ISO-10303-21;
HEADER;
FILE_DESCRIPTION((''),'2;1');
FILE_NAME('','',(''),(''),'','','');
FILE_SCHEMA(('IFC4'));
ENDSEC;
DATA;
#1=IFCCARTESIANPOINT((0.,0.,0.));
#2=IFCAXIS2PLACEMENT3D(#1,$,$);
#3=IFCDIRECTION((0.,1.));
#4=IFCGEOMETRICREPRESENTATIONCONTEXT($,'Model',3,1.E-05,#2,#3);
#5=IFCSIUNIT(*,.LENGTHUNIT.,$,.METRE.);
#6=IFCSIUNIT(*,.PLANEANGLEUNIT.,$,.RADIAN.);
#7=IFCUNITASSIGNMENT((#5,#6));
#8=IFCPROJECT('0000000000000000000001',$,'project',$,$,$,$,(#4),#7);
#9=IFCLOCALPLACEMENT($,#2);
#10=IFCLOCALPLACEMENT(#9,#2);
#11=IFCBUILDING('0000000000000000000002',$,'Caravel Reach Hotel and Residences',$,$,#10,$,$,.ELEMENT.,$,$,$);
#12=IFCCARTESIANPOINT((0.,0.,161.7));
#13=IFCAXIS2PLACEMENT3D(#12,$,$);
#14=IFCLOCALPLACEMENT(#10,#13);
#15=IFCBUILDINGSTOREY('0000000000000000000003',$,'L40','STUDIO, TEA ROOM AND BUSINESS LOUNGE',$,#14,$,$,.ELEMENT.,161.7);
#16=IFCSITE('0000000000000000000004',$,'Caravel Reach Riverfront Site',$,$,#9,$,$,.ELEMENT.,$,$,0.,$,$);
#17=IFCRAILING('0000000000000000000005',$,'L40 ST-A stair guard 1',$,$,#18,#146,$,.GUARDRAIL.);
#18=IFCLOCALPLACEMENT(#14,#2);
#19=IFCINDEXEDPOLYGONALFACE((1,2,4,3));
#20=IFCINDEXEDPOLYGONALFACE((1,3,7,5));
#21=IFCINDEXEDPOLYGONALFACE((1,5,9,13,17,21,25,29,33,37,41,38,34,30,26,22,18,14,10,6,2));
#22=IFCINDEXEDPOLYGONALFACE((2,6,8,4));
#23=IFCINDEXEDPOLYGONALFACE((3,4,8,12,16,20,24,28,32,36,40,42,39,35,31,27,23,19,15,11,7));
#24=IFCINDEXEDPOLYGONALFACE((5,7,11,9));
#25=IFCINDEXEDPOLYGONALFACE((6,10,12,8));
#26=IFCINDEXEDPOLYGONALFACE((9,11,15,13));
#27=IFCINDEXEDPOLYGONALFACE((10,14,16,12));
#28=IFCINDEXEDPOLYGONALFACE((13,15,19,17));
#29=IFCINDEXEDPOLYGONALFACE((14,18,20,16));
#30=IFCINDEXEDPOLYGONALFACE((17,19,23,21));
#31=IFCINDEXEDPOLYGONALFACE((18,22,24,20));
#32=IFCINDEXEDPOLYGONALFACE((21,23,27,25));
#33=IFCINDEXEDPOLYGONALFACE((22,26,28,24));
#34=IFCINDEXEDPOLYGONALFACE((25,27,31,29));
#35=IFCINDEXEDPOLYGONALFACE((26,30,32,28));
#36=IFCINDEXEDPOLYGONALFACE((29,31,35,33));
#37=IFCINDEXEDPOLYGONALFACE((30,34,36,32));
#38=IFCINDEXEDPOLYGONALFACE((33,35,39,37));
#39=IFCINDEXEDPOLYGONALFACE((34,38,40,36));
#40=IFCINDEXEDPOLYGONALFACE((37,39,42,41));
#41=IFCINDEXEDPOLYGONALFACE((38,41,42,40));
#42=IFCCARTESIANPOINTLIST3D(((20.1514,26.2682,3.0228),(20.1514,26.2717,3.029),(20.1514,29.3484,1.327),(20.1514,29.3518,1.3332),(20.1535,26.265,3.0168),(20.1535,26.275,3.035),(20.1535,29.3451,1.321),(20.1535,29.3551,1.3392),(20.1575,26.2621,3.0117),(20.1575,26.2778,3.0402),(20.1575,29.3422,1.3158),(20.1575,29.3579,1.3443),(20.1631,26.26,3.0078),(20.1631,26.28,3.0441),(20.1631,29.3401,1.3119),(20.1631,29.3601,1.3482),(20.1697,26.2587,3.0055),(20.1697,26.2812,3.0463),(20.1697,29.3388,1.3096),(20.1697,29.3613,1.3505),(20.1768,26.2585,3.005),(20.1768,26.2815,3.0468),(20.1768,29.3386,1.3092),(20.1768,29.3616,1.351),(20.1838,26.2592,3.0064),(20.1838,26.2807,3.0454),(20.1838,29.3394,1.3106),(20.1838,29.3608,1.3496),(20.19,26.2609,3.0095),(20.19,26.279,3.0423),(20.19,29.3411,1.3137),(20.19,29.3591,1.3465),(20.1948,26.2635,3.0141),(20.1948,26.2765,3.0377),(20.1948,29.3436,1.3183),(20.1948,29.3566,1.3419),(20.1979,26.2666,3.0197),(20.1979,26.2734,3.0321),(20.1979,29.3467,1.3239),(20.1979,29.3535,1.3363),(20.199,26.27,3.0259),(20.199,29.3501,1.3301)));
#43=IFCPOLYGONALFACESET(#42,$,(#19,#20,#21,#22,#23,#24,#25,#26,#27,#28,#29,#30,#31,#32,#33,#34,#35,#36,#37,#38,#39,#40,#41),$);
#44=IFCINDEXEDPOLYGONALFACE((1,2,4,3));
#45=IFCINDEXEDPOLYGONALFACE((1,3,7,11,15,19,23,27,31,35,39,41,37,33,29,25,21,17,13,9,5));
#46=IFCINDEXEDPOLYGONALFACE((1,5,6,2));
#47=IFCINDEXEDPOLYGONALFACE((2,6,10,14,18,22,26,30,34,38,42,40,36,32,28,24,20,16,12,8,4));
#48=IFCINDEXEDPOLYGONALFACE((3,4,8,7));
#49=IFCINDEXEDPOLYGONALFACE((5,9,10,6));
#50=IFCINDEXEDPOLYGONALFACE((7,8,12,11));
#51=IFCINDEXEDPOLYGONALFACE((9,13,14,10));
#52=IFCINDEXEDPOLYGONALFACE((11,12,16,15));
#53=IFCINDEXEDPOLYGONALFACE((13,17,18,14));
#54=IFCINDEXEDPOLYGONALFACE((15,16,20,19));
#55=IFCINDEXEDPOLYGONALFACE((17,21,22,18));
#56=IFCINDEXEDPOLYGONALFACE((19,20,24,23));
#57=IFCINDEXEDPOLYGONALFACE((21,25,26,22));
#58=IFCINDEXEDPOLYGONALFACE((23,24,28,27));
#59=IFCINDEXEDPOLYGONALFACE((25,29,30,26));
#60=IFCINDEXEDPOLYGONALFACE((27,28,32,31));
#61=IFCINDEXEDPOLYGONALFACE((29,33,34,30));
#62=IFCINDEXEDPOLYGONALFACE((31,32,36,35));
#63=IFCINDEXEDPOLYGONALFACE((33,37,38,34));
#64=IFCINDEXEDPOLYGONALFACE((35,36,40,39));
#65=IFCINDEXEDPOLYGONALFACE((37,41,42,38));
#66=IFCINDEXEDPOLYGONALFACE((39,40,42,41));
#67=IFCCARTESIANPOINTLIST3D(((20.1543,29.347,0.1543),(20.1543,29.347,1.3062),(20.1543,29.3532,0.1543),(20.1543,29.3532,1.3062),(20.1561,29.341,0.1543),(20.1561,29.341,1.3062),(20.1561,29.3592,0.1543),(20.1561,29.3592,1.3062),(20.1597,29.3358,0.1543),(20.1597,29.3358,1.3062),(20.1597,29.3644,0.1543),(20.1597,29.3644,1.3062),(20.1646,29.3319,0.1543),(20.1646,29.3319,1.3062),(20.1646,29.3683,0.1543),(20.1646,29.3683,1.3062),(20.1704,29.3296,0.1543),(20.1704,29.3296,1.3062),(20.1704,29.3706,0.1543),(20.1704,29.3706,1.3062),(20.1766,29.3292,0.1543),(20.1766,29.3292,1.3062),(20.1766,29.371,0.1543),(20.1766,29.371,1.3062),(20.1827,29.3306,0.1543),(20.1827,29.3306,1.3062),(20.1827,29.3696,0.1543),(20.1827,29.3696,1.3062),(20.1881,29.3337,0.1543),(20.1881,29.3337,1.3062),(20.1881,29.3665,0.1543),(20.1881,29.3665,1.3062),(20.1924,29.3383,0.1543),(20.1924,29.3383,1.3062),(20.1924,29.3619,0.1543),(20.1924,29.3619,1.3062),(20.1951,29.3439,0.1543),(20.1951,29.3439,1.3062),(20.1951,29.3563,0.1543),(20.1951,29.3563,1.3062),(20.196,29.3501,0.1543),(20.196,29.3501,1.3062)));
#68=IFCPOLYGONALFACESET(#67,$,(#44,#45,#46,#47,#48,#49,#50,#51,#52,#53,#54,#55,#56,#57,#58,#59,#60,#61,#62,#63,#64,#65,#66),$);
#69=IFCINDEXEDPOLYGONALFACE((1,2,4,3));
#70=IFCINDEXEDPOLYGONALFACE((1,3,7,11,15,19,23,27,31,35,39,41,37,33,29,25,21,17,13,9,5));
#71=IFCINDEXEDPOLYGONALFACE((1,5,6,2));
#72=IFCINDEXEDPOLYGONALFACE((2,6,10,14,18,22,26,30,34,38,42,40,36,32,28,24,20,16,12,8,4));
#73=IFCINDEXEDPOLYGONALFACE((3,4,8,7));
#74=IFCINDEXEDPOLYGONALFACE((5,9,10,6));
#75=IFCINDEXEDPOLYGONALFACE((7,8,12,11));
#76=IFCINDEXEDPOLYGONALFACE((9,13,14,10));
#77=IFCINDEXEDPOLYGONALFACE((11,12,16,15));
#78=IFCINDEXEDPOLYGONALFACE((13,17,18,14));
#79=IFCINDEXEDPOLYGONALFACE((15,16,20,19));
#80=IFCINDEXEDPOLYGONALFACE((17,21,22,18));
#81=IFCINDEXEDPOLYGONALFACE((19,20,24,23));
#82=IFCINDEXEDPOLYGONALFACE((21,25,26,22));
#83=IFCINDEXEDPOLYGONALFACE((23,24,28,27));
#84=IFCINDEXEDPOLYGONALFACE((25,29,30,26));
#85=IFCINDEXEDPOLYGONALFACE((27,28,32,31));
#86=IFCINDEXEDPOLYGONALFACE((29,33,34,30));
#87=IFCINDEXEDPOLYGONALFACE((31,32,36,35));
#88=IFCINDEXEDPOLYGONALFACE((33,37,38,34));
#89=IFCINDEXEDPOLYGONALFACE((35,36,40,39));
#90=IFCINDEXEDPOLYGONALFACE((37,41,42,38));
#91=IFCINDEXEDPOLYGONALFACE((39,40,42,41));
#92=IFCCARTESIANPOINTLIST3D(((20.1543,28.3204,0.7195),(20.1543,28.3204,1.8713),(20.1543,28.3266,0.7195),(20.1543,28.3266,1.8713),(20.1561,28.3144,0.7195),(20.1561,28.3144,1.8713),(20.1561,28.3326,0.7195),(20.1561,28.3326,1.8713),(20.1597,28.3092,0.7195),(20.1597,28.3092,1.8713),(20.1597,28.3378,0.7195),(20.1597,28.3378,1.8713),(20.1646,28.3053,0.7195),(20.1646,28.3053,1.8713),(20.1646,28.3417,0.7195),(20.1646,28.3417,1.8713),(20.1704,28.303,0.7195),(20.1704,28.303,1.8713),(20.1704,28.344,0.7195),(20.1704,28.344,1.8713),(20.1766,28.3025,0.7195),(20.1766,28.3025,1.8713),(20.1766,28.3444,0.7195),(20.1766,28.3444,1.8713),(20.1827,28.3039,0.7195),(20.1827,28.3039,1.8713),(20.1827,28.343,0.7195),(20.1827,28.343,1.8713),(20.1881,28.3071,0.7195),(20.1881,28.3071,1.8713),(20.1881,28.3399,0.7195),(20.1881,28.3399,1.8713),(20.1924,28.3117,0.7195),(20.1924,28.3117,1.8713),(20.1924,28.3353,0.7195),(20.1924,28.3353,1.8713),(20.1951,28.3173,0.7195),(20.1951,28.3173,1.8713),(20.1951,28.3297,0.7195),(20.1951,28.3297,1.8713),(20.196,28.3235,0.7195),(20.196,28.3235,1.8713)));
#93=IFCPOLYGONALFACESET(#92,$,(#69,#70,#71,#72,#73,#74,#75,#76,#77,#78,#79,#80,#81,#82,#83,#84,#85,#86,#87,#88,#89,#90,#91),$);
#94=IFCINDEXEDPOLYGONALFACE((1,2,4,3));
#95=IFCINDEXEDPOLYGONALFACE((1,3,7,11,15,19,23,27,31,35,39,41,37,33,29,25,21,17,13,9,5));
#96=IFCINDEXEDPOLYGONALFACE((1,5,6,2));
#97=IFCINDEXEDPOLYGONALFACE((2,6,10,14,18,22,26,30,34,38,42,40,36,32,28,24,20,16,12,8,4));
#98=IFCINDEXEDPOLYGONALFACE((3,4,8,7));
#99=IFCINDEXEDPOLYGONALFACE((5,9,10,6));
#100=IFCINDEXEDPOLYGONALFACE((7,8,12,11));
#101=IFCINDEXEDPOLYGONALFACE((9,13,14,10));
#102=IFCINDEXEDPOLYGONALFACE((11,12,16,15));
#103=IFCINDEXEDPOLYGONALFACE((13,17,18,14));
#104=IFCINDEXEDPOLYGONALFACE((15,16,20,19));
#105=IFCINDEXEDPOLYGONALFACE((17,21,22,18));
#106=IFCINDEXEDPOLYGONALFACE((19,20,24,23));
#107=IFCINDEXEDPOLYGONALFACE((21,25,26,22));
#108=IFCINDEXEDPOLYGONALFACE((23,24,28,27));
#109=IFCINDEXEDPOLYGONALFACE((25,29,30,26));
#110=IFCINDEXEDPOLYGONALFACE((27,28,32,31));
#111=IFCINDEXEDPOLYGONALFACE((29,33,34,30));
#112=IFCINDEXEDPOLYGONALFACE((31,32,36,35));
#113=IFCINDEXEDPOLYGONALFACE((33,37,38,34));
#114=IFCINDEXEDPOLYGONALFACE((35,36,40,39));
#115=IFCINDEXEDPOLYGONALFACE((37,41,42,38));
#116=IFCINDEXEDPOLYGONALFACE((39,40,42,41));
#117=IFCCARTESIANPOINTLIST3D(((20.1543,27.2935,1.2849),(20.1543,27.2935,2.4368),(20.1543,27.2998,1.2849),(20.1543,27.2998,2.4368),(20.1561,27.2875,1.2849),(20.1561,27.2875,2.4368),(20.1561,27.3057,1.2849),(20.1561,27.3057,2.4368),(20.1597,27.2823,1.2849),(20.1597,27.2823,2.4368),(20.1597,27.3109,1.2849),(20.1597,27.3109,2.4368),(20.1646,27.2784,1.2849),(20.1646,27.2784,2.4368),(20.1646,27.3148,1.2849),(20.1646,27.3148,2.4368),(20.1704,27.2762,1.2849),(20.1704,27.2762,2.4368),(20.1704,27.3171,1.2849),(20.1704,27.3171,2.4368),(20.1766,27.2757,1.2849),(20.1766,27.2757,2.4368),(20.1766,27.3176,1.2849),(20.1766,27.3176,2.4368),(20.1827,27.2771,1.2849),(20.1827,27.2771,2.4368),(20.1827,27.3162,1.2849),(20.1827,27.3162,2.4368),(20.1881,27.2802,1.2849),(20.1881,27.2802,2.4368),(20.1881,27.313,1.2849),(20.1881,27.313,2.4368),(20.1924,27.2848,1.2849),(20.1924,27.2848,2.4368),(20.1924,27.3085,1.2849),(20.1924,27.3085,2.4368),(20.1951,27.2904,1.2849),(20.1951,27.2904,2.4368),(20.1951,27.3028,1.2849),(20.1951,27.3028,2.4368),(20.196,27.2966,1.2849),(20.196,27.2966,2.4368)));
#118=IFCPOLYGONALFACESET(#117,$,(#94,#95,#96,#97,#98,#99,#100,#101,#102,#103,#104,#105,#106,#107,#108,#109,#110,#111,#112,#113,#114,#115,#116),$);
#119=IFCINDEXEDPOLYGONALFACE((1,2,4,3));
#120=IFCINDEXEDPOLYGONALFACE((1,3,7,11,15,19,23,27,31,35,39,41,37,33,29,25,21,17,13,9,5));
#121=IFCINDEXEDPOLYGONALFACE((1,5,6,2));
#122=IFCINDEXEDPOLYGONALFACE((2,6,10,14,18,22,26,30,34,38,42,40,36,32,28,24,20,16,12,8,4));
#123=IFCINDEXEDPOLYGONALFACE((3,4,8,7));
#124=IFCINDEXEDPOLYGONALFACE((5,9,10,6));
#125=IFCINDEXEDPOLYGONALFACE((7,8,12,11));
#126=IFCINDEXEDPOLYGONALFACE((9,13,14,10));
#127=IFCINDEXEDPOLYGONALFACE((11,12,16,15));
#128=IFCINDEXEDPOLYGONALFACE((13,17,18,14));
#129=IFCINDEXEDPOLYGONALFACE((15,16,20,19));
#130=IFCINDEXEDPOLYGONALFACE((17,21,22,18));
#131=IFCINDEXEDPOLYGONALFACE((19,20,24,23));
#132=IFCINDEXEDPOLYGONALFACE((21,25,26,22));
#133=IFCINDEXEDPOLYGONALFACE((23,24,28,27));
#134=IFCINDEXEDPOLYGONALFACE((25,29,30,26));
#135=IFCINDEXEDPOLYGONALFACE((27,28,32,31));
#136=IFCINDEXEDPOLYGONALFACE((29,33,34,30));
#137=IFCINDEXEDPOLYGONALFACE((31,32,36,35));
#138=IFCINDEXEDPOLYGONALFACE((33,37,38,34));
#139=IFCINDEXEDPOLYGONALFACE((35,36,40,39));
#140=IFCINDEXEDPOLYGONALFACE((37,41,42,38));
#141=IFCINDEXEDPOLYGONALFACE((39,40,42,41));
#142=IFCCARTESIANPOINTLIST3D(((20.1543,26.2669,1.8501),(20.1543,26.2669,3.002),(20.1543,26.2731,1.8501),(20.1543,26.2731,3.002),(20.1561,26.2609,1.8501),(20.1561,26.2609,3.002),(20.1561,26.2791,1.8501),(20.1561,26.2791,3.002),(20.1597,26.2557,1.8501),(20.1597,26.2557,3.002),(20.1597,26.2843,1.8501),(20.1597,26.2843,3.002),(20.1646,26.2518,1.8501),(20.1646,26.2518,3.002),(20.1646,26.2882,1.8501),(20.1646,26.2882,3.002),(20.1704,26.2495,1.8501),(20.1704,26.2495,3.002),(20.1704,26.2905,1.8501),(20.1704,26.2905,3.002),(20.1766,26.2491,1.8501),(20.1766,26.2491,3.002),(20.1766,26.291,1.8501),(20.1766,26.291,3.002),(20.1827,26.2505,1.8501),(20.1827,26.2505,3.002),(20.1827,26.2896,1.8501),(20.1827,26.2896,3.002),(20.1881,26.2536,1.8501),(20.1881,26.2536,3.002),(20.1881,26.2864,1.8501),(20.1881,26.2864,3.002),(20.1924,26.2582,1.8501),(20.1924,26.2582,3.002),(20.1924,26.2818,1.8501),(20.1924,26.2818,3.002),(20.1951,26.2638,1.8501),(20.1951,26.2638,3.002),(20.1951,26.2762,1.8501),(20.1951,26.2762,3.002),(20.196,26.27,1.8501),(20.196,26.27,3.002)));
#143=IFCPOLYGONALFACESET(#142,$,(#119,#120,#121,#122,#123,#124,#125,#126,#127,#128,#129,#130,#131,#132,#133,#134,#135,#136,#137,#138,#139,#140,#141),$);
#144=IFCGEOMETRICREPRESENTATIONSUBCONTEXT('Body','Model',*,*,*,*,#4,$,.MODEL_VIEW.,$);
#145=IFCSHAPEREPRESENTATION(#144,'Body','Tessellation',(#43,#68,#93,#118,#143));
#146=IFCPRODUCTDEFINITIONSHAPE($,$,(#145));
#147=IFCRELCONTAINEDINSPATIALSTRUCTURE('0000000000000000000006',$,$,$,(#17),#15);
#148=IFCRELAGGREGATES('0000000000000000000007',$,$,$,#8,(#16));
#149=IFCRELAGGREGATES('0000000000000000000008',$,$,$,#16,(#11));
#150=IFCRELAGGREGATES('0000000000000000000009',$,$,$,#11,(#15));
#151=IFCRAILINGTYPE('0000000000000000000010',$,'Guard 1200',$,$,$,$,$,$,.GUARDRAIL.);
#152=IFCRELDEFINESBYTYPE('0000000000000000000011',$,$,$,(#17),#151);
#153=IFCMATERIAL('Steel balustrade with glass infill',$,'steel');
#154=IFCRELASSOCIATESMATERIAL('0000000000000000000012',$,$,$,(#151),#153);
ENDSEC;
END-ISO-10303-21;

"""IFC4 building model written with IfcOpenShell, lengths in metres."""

from ifc_helpers import new_model, si_unit, direction, frame, origin, origin_2d, place, context, subcontext, project, spatial, circle, extrude, material, type_object, element, save


model = new_model("IFC4")

# Units and contexts
model_context = context("Model", 3, precision=1e-05, world=origin(), true_north=direction((0.0, 1.0)))
body_context = subcontext(model_context, "Body", "Model", "MODEL_VIEW")
ifc_project = project(units=[si_unit("LENGTHUNIT", "METRE"), si_unit("PLANEANGLEUNIT", "RADIAN")], contexts=[model_context])

# Site, building, storey
site_placement = place(None, origin())
site = spatial("IfcSite", under=ifc_project, at=site_placement, Name="Caravel Reach Riverfront Site", CompositionType="ELEMENT", RefElevation=0.0)
building_placement = place(site_placement, origin())
building = spatial("IfcBuilding", under=site, at=building_placement, Name="Caravel Reach Hotel and Residences", CompositionType="ELEMENT")
storey_placement = place(building_placement, frame((0.0, 0.0, 161.7)))
storey = spatial("IfcBuildingStorey", under=building, at=storey_placement, Name="L40", Description="STUDIO, TEA ROOM AND BUSINESS LOUNGE", CompositionType="ELEMENT", Elevation=161.7)

# Railing
ifc_material_1 = material(Name="Steel balustrade with glass infill", Category="steel")
railing_type_1 = type_object("IfcRailingType", Name="Guard 1200", PredefinedType="GUARDRAIL", material=ifc_material_1)
railing_1_placement = place(storey_placement, frame((20.175, 29.3501, 0.1543)))
element("IfcRailing", 1, at=railing_1_placement, inside=storey, type_object=railing_type_1, Name="L40 ST-A stair guard 1", PredefinedType="GUARDRAIL", context=body_context, shape_type="SweptSolid", body=[
    extrude(circle(Radius=0.0239, at=origin_2d()), frame((0.0, 0.0, 1.1758), z_axis=(0.0, -0.876005, 0.482303), x_axis=(1.0, 0.0, 0.0)), (0.0, 0.0, 1.0), 3.5161),
    extrude(circle(Radius=0.021, at=origin_2d()), origin(), (0.0, 0.0, 1.0), 1.1519),
    extrude(circle(Radius=0.021, at=origin_2d()), frame((0.0, -1.0266, 0.5652)), (0.0, 0.0, 1.0), 1.1519),
    extrude(circle(Radius=0.021, at=origin_2d()), frame((0.0, -2.0535, 1.1306)), (0.0, 0.0, 1.0), 1.1519),
    extrude(circle(Radius=0.021, at=origin_2d()), frame((0.0, -3.0801, 1.6958)), (0.0, 0.0, 1.0), 1.1519),
])

save(model, "model.ifc")
